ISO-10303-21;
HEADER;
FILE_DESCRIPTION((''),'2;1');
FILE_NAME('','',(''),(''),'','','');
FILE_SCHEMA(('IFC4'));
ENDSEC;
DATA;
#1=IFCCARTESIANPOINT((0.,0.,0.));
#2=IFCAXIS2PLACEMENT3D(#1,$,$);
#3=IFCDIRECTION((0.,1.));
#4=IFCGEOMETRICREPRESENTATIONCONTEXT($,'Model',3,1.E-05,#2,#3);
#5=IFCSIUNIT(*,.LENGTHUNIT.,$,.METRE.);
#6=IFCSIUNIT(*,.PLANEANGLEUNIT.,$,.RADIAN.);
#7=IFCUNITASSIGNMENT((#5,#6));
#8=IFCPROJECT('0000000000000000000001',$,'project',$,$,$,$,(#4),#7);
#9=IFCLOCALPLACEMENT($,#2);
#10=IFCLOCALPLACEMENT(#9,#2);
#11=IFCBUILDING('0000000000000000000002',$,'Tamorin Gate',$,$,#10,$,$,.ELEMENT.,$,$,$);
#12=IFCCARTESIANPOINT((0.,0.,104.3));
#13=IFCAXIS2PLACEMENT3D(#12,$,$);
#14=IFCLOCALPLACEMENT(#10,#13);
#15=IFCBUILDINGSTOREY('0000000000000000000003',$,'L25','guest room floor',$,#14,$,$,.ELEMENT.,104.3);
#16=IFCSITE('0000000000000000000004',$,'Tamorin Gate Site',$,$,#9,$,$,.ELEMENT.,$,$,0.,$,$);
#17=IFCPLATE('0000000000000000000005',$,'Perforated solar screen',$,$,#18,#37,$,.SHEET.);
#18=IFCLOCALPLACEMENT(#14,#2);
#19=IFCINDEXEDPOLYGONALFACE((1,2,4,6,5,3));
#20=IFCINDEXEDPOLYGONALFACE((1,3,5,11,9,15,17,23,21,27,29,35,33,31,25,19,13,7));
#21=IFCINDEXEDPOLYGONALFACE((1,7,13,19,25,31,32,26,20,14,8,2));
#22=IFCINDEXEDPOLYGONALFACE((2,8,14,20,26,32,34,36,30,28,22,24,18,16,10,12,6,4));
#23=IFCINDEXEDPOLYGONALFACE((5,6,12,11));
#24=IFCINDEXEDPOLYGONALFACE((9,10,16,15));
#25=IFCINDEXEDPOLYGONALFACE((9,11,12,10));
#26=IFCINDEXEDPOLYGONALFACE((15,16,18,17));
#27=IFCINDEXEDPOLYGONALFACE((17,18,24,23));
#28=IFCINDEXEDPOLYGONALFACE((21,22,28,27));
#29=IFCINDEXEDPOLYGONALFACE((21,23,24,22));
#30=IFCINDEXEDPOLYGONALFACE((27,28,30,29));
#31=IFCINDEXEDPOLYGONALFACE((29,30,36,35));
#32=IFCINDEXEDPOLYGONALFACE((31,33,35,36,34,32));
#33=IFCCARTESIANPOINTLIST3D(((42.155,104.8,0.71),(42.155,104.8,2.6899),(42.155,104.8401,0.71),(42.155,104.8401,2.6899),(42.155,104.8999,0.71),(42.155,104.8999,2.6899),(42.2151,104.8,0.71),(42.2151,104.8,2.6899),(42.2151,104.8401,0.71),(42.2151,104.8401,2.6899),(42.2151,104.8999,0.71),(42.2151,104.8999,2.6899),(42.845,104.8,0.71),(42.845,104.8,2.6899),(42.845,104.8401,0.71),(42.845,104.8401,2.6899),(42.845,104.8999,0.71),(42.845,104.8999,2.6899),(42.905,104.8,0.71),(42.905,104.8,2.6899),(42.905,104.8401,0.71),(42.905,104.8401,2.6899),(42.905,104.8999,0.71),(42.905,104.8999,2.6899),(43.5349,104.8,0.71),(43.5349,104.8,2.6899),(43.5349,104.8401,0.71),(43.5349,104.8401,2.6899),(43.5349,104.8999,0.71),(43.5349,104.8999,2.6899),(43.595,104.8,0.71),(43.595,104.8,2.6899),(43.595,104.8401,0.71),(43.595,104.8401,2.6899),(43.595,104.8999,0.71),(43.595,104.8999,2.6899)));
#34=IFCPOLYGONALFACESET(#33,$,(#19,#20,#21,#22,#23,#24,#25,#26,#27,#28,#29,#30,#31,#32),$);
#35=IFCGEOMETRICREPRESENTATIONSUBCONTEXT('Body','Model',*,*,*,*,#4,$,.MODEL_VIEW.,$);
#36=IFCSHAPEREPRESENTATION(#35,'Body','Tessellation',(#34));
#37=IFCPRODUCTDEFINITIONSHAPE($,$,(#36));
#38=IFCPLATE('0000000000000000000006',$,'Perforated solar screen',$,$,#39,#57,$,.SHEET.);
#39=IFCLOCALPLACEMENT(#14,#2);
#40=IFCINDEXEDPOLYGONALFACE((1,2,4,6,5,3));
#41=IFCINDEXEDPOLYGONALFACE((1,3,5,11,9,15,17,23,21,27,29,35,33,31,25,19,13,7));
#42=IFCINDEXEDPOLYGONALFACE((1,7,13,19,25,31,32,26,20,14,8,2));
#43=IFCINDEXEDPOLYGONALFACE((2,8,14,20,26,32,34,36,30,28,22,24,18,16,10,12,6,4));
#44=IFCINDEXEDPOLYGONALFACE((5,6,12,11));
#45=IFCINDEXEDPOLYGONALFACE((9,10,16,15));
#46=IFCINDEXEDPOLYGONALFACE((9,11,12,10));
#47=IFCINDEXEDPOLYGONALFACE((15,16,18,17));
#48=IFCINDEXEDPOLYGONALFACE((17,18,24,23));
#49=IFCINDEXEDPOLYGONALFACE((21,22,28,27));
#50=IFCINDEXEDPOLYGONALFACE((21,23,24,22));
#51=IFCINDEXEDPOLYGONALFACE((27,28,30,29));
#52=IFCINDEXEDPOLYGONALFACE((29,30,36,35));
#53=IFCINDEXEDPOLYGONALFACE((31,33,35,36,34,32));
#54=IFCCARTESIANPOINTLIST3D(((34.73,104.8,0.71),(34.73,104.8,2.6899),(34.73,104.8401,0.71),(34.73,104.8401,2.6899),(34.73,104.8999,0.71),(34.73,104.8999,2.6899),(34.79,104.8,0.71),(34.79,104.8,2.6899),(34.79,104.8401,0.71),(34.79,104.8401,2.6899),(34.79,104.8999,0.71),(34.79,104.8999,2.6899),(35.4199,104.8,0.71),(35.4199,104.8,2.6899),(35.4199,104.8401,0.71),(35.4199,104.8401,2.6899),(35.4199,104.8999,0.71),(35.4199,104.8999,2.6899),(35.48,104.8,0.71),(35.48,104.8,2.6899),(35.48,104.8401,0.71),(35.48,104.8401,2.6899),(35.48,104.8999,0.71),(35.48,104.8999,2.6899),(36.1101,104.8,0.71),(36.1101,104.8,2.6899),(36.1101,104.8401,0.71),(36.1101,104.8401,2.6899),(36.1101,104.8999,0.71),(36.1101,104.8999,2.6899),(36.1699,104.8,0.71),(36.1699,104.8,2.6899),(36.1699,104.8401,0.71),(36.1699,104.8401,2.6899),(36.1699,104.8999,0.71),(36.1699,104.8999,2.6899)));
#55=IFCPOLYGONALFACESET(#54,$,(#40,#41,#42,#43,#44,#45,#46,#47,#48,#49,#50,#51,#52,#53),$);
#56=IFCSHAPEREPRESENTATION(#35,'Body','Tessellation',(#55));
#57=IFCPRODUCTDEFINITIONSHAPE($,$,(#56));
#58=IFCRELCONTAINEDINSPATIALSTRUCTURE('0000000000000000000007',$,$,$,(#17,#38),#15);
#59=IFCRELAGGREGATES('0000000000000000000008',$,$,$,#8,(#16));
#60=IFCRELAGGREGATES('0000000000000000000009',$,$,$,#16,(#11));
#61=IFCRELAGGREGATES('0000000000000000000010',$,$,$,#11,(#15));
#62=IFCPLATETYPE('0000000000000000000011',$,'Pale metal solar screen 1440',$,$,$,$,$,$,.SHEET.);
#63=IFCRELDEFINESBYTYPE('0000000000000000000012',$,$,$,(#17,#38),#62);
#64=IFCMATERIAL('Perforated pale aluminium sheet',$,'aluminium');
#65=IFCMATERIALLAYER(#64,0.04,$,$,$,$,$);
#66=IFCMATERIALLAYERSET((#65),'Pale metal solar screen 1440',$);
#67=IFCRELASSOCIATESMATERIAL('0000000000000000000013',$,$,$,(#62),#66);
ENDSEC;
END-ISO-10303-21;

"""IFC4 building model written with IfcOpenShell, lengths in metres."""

from ifc_helpers import new_model, si_unit, direction, frame, origin, place, context, subcontext, project, spatial, polyline, outline, extrude, material, layer, layer_set, type_object, element, save


model = new_model("IFC4")

# Units and contexts
model_context = context("Model", 3, precision=1e-05, world=origin(), true_north=direction((0.0, 1.0)))
body_context = subcontext(model_context, "Body", "Model", "MODEL_VIEW")
ifc_project = project(units=[si_unit("LENGTHUNIT", "METRE"), si_unit("PLANEANGLEUNIT", "RADIAN")], contexts=[model_context])

# Site, building, storey
site_placement = place(None, origin())
site = spatial("IfcSite", under=ifc_project, at=site_placement, Name="Tamorin Gate Site", CompositionType="ELEMENT", RefElevation=0.0)
building_placement = place(site_placement, origin())
building = spatial("IfcBuilding", under=site, at=building_placement, Name="Tamorin Gate", CompositionType="ELEMENT")
storey_placement = place(building_placement, frame((0.0, 0.0, 104.3)))
storey = spatial("IfcBuildingStorey", under=building, at=storey_placement, Name="L25", Description="guest room floor", CompositionType="ELEMENT", Elevation=104.3)

# Plates
ifc_material = material(Name="Perforated pale aluminium sheet", Category="aluminium")
ifc_layer = layer(ifc_material, 0.04)
ifc_layer_set = layer_set([ifc_layer], Name="Pale metal solar screen 1440")
plate_type = type_object("IfcPlateType", Name="Pale metal solar screen 1440", PredefinedType="SHEET", material=ifc_layer_set)
plate_1_placement = place(storey_placement, frame((0.0, 0.0, 0.71)))
element("IfcPlate", 1, at=plate_1_placement, inside=storey, type_object=plate_type, Name="Perforated solar screen", PredefinedType="SHEET", context=body_context, shape_type="SweptSolid", body=[
    extrude(outline(polyline([(43.595, 104.8401), (43.595, 104.8), (43.5349, 104.8), (42.905, 104.8), (42.845, 104.8), (42.2151, 104.8), (42.155, 104.8), (42.155, 104.8401), (42.155, 104.8999), (42.2151, 104.8999), (42.2151, 104.8401), (42.845, 104.8401), (42.845, 104.8999), (42.905, 104.8999), (42.905, 104.8401), (43.5349, 104.8401), (43.5349, 104.8999), (43.595, 104.8999), (43.595, 104.8401)])), origin(), (0.0, 0.0, 1.0), 1.98),
])
plate_2_placement = place(storey_placement, frame((0.0, 0.0, 0.71)))
element("IfcPlate", 2, at=plate_2_placement, inside=storey, type_object=plate_type, Name="Perforated solar screen", PredefinedType="SHEET", context=body_context, shape_type="SweptSolid", body=[
    extrude(outline(polyline([(36.1699, 104.8401), (36.1699, 104.8), (36.1101, 104.8), (35.48, 104.8), (35.4199, 104.8), (34.79, 104.8), (34.73, 104.8), (34.73, 104.8401), (34.73, 104.8999), (34.79, 104.8999), (34.79, 104.8401), (35.4199, 104.8401), (35.4199, 104.8999), (35.48, 104.8999), (35.48, 104.8401), (36.1101, 104.8401), (36.1101, 104.8999), (36.1699, 104.8999), (36.1699, 104.8401)])), origin(), (0.0, 0.0, 1.0), 1.98),
])

save(model, "model.ifc")
